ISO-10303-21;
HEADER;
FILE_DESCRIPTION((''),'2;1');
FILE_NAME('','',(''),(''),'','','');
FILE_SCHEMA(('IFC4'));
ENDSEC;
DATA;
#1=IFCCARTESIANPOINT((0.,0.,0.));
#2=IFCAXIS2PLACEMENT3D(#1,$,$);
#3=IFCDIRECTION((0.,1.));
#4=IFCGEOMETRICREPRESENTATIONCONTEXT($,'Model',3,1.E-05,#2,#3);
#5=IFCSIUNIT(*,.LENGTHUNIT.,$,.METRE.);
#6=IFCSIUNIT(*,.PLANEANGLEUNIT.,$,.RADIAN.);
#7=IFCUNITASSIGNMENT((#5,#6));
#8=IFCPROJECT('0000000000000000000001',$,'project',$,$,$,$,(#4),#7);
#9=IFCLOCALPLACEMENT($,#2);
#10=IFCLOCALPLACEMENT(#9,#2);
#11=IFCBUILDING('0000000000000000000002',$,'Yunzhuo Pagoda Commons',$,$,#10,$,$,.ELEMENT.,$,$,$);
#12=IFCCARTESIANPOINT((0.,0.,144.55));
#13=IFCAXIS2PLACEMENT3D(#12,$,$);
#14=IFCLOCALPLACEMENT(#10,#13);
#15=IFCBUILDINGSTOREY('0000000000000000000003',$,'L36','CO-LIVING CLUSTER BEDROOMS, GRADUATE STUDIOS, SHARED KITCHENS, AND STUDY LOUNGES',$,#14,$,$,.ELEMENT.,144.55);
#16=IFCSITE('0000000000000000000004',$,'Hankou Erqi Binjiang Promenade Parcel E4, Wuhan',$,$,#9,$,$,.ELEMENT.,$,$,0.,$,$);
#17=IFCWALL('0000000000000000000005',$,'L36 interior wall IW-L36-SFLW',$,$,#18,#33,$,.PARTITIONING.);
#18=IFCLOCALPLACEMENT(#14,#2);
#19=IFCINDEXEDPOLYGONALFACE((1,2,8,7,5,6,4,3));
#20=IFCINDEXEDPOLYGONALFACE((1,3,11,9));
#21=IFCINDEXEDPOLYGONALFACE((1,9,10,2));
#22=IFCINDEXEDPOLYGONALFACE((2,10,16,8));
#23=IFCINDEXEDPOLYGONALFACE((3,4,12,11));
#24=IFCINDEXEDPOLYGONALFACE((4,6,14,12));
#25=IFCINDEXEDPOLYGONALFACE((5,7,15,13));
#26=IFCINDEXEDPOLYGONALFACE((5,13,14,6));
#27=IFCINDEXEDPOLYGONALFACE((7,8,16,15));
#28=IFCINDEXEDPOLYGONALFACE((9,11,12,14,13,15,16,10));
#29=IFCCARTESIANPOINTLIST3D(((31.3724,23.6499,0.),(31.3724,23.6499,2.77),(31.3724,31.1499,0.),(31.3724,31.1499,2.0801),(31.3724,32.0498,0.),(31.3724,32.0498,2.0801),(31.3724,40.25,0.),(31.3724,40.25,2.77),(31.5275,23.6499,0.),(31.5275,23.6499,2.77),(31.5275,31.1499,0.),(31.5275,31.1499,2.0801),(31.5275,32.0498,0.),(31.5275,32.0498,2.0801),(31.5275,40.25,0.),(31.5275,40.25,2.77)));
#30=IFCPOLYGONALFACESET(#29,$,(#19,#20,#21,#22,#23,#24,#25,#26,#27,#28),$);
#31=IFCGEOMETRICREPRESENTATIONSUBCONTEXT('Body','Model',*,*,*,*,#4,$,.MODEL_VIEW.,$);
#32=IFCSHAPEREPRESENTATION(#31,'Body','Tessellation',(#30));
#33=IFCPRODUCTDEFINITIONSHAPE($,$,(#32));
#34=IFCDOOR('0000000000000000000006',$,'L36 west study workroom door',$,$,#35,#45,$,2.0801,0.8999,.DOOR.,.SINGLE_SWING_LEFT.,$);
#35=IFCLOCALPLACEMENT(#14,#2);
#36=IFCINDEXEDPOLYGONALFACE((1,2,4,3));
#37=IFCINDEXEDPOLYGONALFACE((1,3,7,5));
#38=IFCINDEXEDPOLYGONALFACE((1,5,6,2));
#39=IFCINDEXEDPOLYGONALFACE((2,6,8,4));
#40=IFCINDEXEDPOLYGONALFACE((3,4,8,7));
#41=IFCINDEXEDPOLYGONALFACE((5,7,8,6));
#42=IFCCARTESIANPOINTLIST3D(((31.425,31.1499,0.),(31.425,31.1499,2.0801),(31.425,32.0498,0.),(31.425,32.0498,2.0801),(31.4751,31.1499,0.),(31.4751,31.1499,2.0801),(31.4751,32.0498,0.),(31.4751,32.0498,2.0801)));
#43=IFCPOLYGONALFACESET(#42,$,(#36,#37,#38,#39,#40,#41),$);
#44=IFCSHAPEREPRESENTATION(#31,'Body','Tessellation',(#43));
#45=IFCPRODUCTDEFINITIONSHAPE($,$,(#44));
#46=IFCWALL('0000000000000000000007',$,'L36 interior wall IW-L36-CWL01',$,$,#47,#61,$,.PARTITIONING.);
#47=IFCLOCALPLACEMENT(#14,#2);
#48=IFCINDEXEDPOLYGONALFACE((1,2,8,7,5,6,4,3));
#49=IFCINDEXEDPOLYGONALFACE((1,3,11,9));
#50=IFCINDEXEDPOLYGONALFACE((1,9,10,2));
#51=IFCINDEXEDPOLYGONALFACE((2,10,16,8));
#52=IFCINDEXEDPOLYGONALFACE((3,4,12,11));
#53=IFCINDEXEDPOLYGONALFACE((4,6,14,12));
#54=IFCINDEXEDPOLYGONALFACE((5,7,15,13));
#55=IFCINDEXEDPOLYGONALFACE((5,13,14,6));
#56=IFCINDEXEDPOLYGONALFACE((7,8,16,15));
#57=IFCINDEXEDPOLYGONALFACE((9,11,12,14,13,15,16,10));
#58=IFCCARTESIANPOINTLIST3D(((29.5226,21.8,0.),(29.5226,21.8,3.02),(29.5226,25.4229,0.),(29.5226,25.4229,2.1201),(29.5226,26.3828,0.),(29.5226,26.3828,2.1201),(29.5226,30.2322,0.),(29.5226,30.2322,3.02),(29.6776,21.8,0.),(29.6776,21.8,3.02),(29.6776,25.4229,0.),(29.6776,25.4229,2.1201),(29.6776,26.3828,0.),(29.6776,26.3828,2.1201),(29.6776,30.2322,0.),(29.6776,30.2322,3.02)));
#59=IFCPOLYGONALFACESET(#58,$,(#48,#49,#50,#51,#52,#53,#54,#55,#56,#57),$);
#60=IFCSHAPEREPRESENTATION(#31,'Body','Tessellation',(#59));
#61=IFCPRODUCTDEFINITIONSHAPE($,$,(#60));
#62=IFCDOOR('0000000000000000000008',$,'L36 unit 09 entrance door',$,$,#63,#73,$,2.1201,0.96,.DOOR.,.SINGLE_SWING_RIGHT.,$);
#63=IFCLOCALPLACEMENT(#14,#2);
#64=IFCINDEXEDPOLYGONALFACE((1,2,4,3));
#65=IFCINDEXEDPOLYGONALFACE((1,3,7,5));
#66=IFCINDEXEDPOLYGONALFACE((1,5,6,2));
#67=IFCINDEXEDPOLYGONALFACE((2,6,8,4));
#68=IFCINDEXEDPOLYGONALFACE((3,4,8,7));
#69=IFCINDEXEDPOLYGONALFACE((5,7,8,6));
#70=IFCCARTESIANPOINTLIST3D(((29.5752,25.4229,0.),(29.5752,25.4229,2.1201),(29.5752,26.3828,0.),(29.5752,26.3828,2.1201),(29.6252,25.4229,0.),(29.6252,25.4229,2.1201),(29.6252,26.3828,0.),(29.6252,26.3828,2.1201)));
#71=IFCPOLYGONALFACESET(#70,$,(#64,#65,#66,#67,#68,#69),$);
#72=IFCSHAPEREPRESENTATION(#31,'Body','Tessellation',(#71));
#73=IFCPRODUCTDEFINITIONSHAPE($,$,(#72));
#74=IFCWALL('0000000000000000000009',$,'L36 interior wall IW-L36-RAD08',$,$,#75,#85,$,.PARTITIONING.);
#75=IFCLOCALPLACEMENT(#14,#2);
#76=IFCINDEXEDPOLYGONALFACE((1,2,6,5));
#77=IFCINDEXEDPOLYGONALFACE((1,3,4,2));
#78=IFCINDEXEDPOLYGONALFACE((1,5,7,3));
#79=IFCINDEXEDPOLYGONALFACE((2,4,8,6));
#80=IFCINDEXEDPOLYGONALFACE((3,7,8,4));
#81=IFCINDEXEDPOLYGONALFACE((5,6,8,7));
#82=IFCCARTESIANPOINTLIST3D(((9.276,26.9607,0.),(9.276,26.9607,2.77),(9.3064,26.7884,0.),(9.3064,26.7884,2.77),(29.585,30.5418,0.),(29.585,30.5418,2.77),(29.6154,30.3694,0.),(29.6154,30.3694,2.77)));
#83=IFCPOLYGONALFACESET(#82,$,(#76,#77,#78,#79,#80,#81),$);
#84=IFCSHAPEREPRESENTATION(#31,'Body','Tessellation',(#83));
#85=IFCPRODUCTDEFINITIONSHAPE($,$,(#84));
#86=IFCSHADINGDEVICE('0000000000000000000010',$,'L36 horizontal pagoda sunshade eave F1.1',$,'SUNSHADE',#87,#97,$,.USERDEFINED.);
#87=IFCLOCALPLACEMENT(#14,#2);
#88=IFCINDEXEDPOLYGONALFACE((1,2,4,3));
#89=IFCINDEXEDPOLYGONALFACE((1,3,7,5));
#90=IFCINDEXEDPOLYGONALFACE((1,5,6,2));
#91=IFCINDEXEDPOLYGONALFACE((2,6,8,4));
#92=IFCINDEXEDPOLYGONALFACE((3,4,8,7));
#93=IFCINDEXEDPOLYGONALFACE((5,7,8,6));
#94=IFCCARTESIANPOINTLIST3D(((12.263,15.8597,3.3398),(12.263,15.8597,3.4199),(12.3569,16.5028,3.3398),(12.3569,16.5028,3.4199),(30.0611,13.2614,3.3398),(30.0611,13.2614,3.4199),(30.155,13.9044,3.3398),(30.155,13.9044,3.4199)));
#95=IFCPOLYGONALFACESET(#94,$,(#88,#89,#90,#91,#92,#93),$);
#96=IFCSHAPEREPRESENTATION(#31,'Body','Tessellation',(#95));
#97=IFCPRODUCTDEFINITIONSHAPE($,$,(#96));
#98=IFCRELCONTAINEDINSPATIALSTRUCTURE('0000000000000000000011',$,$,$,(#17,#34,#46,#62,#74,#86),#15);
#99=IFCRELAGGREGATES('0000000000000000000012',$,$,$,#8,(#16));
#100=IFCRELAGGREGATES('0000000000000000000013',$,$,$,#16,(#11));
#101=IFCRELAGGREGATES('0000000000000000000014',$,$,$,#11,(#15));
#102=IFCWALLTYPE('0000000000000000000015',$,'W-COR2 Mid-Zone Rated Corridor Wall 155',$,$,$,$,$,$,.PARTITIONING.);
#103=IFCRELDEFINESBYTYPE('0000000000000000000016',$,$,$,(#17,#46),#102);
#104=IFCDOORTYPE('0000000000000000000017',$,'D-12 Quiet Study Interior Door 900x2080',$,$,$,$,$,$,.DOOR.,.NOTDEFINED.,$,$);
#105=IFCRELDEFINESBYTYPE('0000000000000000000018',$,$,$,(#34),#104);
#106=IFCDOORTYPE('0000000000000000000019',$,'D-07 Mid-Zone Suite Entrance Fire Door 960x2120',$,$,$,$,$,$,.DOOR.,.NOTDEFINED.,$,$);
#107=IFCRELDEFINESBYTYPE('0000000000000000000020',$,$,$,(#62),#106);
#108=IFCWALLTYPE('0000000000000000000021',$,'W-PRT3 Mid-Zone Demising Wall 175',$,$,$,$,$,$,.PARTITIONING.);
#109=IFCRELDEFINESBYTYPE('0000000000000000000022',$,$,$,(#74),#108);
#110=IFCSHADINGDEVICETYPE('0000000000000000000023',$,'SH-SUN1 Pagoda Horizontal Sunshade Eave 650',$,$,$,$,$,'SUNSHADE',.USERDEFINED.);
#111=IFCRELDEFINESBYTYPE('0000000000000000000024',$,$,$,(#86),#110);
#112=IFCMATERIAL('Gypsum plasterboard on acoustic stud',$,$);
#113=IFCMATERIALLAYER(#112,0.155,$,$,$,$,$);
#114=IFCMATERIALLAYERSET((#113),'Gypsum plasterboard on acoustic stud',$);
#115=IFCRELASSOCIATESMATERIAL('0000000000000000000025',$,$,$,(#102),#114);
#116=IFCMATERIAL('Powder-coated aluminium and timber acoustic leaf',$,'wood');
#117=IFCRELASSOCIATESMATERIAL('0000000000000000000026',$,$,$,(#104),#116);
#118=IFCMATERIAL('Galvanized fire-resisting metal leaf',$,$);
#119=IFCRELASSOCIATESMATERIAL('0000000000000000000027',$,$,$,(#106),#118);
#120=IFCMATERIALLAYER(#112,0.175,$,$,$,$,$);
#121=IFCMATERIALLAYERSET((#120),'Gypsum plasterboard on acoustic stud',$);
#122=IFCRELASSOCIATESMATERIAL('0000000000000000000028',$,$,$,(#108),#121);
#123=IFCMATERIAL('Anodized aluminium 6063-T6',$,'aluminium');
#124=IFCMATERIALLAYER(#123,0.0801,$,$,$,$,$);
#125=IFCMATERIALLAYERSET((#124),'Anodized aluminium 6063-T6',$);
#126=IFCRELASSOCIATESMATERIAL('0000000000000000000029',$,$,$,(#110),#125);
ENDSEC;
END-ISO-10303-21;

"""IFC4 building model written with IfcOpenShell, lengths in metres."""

from ifc_helpers import new_model, si_unit, direction, frame, frame_2d, origin, origin_with_axes, origin_2d, place, context, subcontext, project, spatial, rectangle, extrude, source, transform, mapped, material, layer, layer_set, type_object, element, fill, save


model = new_model("IFC4")

# Units and contexts
model_context = context("Model", 3, precision=1e-05, world=origin(), true_north=direction((0.0, 1.0)))
body_context = subcontext(model_context, "Body", "Model", "MODEL_VIEW")
ifc_project = project(units=[si_unit("LENGTHUNIT", "METRE"), si_unit("PLANEANGLEUNIT", "RADIAN")], contexts=[model_context])

# Site, building, storey
site_placement = place(None, origin())
site = spatial("IfcSite", under=ifc_project, at=site_placement, Name="Hankou Erqi Binjiang Promenade Parcel E4, Wuhan", CompositionType="ELEMENT", RefElevation=0.0)
building_placement = place(site_placement, origin())
building = spatial("IfcBuilding", under=site, at=building_placement, Name="Yunzhuo Pagoda Commons", CompositionType="ELEMENT")
storey_placement = place(building_placement, frame((0.0, 0.0, 144.55)))
storey = spatial("IfcBuildingStorey", under=building, at=storey_placement, Name="L36", Description="CO-LIVING CLUSTER BEDROOMS, GRADUATE STUDIOS, SHARED KITCHENS, AND STUDY LOUNGES", CompositionType="ELEMENT", Elevation=144.55)

# Shared definitions
ifc_material_1 = material(Name="Anodized aluminium 6063-T6", Category="aluminium")

# Walls, openings, doors
ifc_material_2 = material(Name="Gypsum plasterboard on acoustic stud")
ifc_layer_1 = layer(ifc_material_2, 0.155)
ifc_layer_set_1 = layer_set([ifc_layer_1], Name="Gypsum plasterboard on acoustic stud")
wall_type_1 = type_object("IfcWallType", Name="W-COR2 Mid-Zone Rated Corridor Wall 155", PredefinedType="PARTITIONING", material=ifc_layer_set_1)
wall_1_placement = place(storey_placement, frame((31.45, 23.6499, 0.0), z_axis=(0.0, 0.0, 1.0), x_axis=(0.0, 1.0, 0.0)))
wall_1 = element("IfcWall", 1, at=wall_1_placement, inside=storey, type_object=wall_type_1, Name="L36 interior wall IW-L36-SFLW", PredefinedType="PARTITIONING", context=body_context, shape_type="SweptSolid", body=[
    extrude(rectangle(XDim=16.6001, YDim=0.155, at=frame_2d((8.3, 0.0))), origin(), (0.0, 0.0, 1.0), 2.77),
])
opening_1_placement = place(wall_1_placement, frame((7.5, 0.0, 0.0)))
opening_1 = element("IfcOpeningElement", 2, at=opening_1_placement, cuts=wall_1, PredefinedType="OPENING", context=body_context, shape_type="SweptSolid", body=[
    extrude(rectangle(XDim=0.8999, YDim=2.0801, at=frame_2d((0.45, 1.04))), frame((0.0, 0.0874, 0.0), z_axis=(0.0, -1.0, 0.0), x_axis=(1.0, 0.0, 0.0)), (0.0, 0.0, 1.0), 0.175),
])
ifc_material_3 = material(Name="Powder-coated aluminium and timber acoustic leaf", Category="wood")
door_type_1 = type_object("IfcDoorType", Name="D-12 Quiet Study Interior Door 900x2080", OperationType="NOTDEFINED", PredefinedType="DOOR", material=ifc_material_3)
shared_shape_1 = source(origin(), body_context, "Body", "SweptSolid", [
    extrude(rectangle(XDim=0.8999, YDim=2.0801, at=frame_2d((0.45, 1.04))), frame((0.0, 0.0249, 0.0), z_axis=(0.0, -1.0, 0.0), x_axis=(1.0, 0.0, 0.0)), (0.0, 0.0, 1.0), 0.05),
])
door_1_placement = place(opening_1_placement, origin_with_axes())
door_1 = element("IfcDoor", 3, at=door_1_placement, inside=storey, type_object=door_type_1, Name="L36 west study workroom door", OperationType="SINGLE_SWING_LEFT", OverallHeight=2.0801, OverallWidth=0.8999, PredefinedType="DOOR", context=body_context, shape_type="MappedRepresentation", body=[
    mapped(shared_shape_1, transform((0.0, 0.0, 0.0), scale=1.0)),
])
fill(opening_1, door_1)
wall_2_placement = place(storey_placement, frame((29.6001, 21.8, 0.0), z_axis=(0.0, 0.0, 1.0), x_axis=(0.0, 1.0, 0.0)))
wall_2 = element("IfcWall", 4, at=wall_2_placement, inside=storey, type_object=wall_type_1, Name="L36 interior wall IW-L36-CWL01", PredefinedType="PARTITIONING", context=body_context, shape_type="SweptSolid", body=[
    extrude(rectangle(XDim=8.4321, YDim=0.155, at=frame_2d((4.2161, 0.0))), origin(), (0.0, 0.0, 1.0), 3.02),
])
opening_2_placement = place(wall_2_placement, frame((3.6228, 0.0, 0.0)))
opening_2 = element("IfcOpeningElement", 5, at=opening_2_placement, cuts=wall_2, PredefinedType="OPENING", context=body_context, shape_type="SweptSolid", body=[
    extrude(rectangle(XDim=0.96, YDim=2.1201, at=frame_2d((0.48, 1.0601))), frame((0.0, 0.0874, 0.0), z_axis=(0.0, -1.0, 0.0), x_axis=(1.0, 0.0, 0.0)), (0.0, 0.0, 1.0), 0.175),
])
ifc_material_4 = material(Name="Galvanized fire-resisting metal leaf")
door_type_2 = type_object("IfcDoorType", Name="D-07 Mid-Zone Suite Entrance Fire Door 960x2120", OperationType="NOTDEFINED", PredefinedType="DOOR", material=ifc_material_4)
shared_shape_2 = source(origin(), body_context, "Body", "SweptSolid", [
    extrude(rectangle(XDim=0.96, YDim=2.1201, at=frame_2d((0.48, 1.0601))), frame((0.0, 0.0249, 0.0), z_axis=(0.0, -1.0, 0.0), x_axis=(1.0, 0.0, 0.0)), (0.0, 0.0, 1.0), 0.05),
])
door_2_placement = place(opening_2_placement, origin_with_axes())
door_2 = element("IfcDoor", 6, at=door_2_placement, inside=storey, type_object=door_type_2, Name="L36 unit 09 entrance door", OperationType="SINGLE_SWING_RIGHT", OverallHeight=2.1201, OverallWidth=0.96, PredefinedType="DOOR", context=body_context, shape_type="MappedRepresentation", body=[
    mapped(shared_shape_2, transform((0.0, 0.0, 0.0), scale=1.0)),
])
fill(opening_2, door_2)

# Wall
ifc_layer_2 = layer(ifc_material_2, 0.175)
ifc_layer_set_2 = layer_set([ifc_layer_2], Name="Gypsum plasterboard on acoustic stud")
wall_type_2 = type_object("IfcWallType", Name="W-PRT3 Mid-Zone Demising Wall 175", PredefinedType="PARTITIONING", material=ifc_layer_set_2)
wall_3_placement = place(storey_placement, frame((29.6001, 30.4556, 0.0), z_axis=(0.0, 0.0, 1.0), x_axis=(-0.984808, -0.173649, 0.0)))
element("IfcWall", 7, at=wall_3_placement, inside=storey, type_object=wall_type_2, Name="L36 interior wall IW-L36-RAD08", PredefinedType="PARTITIONING", context=body_context, shape_type="SweptSolid", body=[
    extrude(rectangle(XDim=20.6223, YDim=0.175, at=frame_2d((10.311, 0.0))), origin(), (0.0, 0.0, 1.0), 2.77),
])

# Shading device
ifc_layer_3 = layer(ifc_material_1, 0.0801)
ifc_layer_set_3 = layer_set([ifc_layer_3], Name="Anodized aluminium 6063-T6")
shading_device_type = type_object("IfcShadingDeviceType", Name="SH-SUN1 Pagoda Horizontal Sunshade Eave 650", ElementType="SUNSHADE", PredefinedType="USERDEFINED", material=ifc_layer_set_3)
shared_shape_3 = source(origin(), body_context, "Body", "SweptSolid", [
    extrude(rectangle(XDim=17.9868, YDim=0.6499, at=origin_2d()), origin(), (0.0, 0.0, 1.0), 0.0801),
])
shading_device_placement = place(storey_placement, frame((21.209, 14.8821, 3.3398), z_axis=(0.0, 0.0, 1.0), x_axis=(0.989511, -0.14446, 0.0)))
element("IfcShadingDevice", 8, at=shading_device_placement, inside=storey, type_object=shading_device_type, Name="L36 horizontal pagoda sunshade eave F1.1", ObjectType="SUNSHADE", PredefinedType="USERDEFINED", context=body_context, shape_type="MappedRepresentation", body=[
    mapped(shared_shape_3, transform((0.0, 0.0, 0.0), scale=1.0)),
])

save(model, "model.ifc")
